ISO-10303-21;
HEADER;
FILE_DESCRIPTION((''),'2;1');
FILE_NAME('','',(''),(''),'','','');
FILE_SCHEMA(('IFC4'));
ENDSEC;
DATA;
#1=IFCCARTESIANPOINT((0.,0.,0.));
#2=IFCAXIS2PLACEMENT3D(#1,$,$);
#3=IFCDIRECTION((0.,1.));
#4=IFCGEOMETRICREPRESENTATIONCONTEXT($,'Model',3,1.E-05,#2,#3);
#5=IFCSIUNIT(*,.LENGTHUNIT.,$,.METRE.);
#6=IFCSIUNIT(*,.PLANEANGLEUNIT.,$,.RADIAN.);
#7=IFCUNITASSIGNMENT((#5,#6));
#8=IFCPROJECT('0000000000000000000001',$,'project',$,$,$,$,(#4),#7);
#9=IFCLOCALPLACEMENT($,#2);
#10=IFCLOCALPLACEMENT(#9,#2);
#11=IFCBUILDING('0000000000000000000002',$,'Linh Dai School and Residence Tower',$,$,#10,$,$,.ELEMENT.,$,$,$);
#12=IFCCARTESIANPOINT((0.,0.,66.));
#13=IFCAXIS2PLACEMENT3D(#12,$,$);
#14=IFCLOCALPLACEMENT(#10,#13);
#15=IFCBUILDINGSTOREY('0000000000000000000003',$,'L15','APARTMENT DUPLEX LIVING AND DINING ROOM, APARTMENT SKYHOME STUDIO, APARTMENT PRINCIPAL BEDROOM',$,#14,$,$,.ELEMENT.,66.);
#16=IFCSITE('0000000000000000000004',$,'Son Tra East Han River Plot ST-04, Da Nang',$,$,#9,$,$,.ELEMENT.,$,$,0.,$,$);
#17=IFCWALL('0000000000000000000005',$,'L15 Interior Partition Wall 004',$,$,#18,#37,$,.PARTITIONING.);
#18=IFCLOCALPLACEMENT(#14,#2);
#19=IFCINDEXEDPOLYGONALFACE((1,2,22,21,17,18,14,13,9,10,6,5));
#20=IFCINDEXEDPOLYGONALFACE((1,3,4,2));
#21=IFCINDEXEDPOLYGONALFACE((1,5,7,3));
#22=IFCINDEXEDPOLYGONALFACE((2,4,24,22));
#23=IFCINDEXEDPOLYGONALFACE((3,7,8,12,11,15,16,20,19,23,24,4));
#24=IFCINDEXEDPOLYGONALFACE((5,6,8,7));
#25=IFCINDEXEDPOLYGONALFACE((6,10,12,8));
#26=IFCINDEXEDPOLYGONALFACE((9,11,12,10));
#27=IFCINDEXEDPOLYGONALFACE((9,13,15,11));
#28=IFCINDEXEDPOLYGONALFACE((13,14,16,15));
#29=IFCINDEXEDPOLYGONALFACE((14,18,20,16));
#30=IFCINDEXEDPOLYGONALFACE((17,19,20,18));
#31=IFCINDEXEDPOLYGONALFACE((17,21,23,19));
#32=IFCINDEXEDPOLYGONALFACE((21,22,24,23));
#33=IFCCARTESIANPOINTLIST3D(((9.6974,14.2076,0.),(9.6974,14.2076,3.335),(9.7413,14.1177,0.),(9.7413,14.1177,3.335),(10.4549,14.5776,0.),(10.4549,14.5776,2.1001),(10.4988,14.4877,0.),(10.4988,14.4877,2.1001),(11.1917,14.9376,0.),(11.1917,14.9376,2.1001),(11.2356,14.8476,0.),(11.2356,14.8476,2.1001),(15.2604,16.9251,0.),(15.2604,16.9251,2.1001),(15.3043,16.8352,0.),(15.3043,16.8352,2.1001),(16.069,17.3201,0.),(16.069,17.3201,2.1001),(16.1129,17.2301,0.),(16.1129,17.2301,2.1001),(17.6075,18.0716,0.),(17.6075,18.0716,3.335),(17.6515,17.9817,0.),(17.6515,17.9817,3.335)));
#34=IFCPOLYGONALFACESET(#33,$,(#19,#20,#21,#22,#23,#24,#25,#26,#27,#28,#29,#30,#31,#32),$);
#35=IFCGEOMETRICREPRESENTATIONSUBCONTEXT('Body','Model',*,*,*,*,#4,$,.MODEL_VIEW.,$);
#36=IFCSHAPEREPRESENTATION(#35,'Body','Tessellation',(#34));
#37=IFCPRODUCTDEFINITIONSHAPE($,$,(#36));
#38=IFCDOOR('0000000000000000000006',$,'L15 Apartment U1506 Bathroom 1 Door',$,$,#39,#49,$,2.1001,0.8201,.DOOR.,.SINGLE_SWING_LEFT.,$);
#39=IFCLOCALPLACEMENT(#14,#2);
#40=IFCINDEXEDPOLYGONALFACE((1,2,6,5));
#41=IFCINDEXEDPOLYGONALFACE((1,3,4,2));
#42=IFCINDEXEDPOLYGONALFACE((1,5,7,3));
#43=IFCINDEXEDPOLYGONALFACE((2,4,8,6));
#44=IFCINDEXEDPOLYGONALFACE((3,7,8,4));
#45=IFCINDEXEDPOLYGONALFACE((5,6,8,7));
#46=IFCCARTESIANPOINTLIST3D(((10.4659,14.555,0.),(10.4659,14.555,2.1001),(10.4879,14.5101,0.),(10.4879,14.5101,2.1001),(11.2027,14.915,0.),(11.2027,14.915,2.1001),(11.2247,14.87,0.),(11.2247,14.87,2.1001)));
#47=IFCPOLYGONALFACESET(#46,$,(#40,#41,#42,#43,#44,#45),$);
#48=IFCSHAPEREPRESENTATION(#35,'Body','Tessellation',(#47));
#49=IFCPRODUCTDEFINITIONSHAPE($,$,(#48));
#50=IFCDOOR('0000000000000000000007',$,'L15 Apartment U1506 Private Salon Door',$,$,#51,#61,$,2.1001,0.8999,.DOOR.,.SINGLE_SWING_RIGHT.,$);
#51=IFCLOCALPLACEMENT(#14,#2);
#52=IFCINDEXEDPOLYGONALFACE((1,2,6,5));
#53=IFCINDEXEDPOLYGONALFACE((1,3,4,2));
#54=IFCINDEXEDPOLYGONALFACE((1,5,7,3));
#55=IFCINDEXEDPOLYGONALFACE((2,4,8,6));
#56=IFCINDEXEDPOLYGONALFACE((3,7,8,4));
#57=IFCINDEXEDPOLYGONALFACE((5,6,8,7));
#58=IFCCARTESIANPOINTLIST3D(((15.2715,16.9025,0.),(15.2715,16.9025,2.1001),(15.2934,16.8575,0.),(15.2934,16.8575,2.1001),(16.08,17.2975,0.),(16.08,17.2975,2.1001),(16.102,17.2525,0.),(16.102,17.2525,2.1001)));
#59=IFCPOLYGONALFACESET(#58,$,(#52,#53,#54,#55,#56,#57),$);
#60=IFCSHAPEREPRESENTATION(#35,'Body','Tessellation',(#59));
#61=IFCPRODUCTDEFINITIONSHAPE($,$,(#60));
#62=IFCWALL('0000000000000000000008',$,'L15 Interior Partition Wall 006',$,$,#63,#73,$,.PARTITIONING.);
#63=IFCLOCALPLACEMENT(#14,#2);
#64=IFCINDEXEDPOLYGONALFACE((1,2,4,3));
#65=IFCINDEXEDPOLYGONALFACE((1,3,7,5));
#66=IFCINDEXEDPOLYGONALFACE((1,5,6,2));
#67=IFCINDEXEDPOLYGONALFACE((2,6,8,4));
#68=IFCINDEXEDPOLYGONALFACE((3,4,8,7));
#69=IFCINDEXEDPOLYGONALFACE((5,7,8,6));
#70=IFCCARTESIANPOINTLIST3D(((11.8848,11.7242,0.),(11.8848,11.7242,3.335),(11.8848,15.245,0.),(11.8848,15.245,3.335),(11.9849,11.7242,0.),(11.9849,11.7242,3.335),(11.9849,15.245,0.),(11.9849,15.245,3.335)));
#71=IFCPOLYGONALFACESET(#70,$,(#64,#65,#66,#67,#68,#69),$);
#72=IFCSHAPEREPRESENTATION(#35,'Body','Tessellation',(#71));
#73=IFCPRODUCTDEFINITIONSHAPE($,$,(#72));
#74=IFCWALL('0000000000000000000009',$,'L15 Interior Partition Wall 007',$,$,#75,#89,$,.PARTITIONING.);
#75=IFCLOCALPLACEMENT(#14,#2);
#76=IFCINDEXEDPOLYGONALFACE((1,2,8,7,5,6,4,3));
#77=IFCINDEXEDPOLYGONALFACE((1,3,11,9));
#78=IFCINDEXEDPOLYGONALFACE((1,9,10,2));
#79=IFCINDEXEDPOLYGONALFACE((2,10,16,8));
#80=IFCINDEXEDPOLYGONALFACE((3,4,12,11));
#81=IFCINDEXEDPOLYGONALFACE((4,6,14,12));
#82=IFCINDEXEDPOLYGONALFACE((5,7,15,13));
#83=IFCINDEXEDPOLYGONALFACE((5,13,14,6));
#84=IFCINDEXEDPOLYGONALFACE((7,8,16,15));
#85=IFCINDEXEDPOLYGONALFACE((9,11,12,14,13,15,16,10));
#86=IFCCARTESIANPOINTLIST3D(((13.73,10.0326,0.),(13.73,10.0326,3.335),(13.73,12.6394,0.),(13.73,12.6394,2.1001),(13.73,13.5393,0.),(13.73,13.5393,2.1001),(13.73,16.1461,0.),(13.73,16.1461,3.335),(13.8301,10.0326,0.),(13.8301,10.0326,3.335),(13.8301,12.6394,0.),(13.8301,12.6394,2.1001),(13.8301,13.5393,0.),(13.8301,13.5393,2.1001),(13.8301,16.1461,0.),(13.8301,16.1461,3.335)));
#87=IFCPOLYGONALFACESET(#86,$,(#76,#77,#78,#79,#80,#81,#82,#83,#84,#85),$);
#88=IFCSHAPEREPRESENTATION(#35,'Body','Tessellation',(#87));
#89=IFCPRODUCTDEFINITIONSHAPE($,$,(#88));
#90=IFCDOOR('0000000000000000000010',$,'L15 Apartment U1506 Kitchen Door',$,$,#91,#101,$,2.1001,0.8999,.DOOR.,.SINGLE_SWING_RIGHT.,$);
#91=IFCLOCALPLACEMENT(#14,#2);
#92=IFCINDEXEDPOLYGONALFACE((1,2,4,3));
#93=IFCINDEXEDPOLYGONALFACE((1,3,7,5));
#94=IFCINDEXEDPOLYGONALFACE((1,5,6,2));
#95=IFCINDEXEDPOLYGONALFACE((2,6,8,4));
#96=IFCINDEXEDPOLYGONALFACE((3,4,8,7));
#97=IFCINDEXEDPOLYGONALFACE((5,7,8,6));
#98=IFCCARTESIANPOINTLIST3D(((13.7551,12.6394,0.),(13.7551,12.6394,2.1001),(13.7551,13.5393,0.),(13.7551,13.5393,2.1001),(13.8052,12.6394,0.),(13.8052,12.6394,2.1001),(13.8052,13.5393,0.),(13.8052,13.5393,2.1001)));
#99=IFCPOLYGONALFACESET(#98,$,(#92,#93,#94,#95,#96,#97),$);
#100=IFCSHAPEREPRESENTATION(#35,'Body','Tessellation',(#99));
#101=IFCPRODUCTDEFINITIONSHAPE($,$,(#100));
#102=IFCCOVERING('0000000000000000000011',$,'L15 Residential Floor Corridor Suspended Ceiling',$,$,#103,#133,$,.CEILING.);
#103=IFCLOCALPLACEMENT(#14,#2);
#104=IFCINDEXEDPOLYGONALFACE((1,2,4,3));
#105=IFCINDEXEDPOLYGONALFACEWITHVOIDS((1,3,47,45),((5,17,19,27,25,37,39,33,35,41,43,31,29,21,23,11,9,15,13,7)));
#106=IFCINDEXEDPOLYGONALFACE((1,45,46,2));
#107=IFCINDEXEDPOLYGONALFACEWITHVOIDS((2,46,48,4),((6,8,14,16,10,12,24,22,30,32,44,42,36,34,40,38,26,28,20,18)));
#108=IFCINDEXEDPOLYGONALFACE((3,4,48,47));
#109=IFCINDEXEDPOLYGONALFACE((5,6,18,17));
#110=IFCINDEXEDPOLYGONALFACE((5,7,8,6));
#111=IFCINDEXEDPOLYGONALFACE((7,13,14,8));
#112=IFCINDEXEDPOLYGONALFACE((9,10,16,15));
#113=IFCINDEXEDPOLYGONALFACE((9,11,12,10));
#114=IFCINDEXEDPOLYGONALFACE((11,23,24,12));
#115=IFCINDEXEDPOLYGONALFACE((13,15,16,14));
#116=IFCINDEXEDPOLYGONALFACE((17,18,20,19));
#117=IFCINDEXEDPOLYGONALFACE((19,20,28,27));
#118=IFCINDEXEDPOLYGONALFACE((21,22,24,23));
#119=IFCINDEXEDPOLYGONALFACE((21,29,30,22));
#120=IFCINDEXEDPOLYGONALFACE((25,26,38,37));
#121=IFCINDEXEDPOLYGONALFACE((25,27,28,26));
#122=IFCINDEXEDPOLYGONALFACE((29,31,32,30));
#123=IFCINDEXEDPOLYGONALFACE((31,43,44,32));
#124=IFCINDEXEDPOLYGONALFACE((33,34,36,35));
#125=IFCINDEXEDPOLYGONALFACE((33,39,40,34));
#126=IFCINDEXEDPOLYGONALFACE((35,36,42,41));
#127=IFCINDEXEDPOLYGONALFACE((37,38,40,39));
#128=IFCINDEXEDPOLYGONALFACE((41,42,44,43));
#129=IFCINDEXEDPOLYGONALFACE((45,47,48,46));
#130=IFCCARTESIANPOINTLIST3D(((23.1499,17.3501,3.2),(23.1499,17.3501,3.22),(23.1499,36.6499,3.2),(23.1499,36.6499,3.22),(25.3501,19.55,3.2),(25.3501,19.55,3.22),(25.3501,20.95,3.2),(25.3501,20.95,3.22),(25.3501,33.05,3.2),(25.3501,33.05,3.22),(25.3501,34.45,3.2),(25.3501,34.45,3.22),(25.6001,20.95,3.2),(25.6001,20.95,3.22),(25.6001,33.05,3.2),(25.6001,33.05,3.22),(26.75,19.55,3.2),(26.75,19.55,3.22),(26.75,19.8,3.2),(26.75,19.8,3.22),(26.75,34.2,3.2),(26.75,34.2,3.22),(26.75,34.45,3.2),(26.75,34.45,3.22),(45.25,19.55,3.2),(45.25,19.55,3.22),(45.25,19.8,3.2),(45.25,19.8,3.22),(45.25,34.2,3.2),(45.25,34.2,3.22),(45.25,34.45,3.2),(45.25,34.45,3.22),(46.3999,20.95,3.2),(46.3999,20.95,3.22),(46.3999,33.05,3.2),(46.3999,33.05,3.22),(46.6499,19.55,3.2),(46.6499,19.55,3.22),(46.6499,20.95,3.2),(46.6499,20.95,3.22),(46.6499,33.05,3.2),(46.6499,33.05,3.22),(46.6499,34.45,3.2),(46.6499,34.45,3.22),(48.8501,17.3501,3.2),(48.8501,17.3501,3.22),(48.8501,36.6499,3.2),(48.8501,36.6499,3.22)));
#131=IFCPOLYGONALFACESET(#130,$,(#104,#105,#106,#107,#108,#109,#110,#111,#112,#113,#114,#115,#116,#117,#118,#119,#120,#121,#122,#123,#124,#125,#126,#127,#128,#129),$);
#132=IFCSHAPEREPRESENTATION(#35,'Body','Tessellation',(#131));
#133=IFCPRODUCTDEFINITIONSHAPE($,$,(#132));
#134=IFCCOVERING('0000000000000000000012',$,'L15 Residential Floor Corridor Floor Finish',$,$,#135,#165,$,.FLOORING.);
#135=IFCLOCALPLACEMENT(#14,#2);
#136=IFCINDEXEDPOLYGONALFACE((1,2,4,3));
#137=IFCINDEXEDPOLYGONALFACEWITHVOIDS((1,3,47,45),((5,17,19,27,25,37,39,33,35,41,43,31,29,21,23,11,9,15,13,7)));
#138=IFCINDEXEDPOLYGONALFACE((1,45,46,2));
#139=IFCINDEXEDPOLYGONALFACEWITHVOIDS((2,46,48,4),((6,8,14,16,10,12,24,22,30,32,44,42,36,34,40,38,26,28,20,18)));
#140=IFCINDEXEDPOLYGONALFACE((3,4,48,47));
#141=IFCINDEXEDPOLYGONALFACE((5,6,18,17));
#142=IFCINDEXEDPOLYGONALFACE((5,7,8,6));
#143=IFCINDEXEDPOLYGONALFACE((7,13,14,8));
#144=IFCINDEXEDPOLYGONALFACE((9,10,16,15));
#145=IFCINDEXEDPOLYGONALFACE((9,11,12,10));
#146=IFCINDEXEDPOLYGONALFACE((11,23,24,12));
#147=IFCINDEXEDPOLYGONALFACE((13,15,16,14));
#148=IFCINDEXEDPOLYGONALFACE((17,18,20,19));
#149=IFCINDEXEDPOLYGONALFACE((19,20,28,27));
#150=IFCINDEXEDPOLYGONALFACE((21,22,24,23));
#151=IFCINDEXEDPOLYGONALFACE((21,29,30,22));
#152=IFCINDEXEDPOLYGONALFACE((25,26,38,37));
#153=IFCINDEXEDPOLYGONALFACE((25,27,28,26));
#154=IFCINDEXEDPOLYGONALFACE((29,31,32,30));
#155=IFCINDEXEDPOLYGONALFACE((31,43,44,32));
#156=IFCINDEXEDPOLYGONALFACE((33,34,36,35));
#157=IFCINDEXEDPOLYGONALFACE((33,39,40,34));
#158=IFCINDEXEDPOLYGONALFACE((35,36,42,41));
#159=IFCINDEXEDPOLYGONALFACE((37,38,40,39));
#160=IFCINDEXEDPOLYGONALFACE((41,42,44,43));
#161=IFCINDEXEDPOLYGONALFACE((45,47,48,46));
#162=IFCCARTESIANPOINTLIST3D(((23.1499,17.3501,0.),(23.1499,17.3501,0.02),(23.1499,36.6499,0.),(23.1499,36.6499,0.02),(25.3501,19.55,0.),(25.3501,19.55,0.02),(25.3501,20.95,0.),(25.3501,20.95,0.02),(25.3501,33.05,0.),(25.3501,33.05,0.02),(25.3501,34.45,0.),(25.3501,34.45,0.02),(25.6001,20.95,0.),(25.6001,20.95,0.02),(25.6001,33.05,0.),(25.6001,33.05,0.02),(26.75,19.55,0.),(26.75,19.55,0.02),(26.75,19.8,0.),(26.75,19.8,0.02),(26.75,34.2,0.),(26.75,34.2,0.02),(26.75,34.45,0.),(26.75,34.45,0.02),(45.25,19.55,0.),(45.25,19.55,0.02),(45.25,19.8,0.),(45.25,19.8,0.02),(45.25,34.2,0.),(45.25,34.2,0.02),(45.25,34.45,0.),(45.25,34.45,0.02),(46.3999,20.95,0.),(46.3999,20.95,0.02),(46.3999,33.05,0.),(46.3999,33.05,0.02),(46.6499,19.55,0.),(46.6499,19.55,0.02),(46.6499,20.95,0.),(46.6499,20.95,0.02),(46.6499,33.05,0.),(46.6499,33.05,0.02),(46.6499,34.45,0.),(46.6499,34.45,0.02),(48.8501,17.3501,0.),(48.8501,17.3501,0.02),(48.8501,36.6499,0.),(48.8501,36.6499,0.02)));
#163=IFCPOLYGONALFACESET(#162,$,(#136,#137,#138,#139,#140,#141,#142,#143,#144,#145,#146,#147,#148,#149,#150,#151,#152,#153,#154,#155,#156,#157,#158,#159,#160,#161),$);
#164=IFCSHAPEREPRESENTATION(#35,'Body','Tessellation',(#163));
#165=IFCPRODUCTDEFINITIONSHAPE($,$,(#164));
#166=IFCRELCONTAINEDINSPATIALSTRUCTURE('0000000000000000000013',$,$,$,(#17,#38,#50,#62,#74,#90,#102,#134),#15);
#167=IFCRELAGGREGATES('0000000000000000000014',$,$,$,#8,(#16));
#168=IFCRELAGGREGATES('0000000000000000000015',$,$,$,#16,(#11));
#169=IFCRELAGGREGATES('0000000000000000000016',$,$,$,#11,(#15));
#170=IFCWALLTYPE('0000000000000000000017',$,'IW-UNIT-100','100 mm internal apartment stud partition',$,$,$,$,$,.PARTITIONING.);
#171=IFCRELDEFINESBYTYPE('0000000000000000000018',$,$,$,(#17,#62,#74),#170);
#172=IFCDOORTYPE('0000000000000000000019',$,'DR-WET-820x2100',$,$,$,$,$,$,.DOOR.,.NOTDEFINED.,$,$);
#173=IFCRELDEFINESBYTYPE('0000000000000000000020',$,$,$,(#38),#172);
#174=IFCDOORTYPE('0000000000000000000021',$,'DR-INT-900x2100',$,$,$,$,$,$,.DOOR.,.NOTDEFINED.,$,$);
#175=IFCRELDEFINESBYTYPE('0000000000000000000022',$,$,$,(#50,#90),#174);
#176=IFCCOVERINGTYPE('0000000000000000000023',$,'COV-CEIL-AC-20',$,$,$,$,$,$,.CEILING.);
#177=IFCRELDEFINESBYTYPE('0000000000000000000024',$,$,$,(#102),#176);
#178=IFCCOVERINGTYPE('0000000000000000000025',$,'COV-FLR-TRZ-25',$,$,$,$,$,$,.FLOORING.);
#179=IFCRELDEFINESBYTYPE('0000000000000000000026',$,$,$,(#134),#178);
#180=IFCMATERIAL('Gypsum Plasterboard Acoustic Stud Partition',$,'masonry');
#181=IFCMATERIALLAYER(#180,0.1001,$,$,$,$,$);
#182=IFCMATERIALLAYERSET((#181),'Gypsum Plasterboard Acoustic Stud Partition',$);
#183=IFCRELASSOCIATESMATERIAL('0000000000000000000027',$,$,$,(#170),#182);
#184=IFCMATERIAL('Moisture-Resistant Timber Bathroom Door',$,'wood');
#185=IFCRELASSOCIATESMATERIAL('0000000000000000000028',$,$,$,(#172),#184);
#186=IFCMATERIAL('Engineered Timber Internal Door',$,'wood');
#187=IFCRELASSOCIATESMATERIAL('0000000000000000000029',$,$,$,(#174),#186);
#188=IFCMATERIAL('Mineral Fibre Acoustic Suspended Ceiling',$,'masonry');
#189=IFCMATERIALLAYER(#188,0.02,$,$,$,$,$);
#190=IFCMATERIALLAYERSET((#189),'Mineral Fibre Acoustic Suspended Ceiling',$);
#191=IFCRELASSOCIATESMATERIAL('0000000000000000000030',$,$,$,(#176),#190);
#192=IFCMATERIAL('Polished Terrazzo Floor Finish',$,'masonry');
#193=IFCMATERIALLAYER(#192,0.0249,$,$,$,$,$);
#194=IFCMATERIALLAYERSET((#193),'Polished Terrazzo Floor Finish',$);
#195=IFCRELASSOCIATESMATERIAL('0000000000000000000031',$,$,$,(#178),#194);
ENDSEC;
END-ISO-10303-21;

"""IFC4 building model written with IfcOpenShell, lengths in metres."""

from ifc_helpers import new_model, si_unit, direction, frame, frame_2d, origin, origin_2d, place, context, subcontext, project, spatial, polyline, rectangle, outline, extrude, source, transform, mapped, material, layer, layer_set, type_object, element, fill, save


model = new_model("IFC4")

# Units and contexts
model_context = context("Model", 3, precision=1e-05, world=origin(), true_north=direction((0.0, 1.0)))
body_context = subcontext(model_context, "Body", "Model", "MODEL_VIEW")
ifc_project = project(units=[si_unit("LENGTHUNIT", "METRE"), si_unit("PLANEANGLEUNIT", "RADIAN")], contexts=[model_context])

# Site, building, storey
site_placement = place(None, origin())
site = spatial("IfcSite", under=ifc_project, at=site_placement, Name="Son Tra East Han River Plot ST-04, Da Nang", CompositionType="ELEMENT", RefElevation=0.0)
building_placement = place(site_placement, origin())
building = spatial("IfcBuilding", under=site, at=building_placement, Name="Linh Dai School and Residence Tower", CompositionType="ELEMENT")
storey_placement = place(building_placement, frame((0.0, 0.0, 66.0)))
storey = spatial("IfcBuildingStorey", under=building, at=storey_placement, Name="L15", Description="APARTMENT DUPLEX LIVING AND DINING ROOM, APARTMENT SKYHOME STUDIO, APARTMENT PRINCIPAL BEDROOM", CompositionType="ELEMENT", Elevation=66.0)

# Shared definitions
ifc_material_1 = material(Name="Gypsum Plasterboard Acoustic Stud Partition", Category="masonry")
ifc_layer_1 = layer(ifc_material_1, 0.1001)
ifc_layer_set_1 = layer_set([ifc_layer_1], Name="Gypsum Plasterboard Acoustic Stud Partition")
wall_type_1 = type_object("IfcWallType", Name="IW-UNIT-100", Description="100 mm internal apartment stud partition", PredefinedType="PARTITIONING", material=ifc_layer_set_1)

# Wall, openings, doors
wall_1_placement = place(storey_placement, frame((9.7192, 14.1626, 0.0), z_axis=(0.0, 0.0, 1.0), x_axis=(0.898527, 0.438919, 0.0)))
wall_1 = element("IfcWall", 1, at=wall_1_placement, inside=storey, type_object=wall_type_1, Name="L15 Interior Partition Wall 004", PredefinedType="PARTITIONING", context=body_context, shape_type="SweptSolid", body=[
    extrude(rectangle(XDim=8.8035, YDim=0.1001, at=frame_2d((4.4019, 0.0))), origin(), (0.0, 0.0, 1.0), 3.335),
])
opening_1_placement = place(wall_1_placement, frame((6.1914, 0.0, 0.0)))
opening_1 = element("IfcOpeningElement", 2, at=opening_1_placement, cuts=wall_1, PredefinedType="OPENING", context=body_context, shape_type="SweptSolid", body=[
    extrude(rectangle(XDim=0.8999, YDim=2.1001, at=origin_2d()), frame((0.45, 0.0601, 1.05), z_axis=(0.0, -1.0, 0.0), x_axis=(1.0, 0.0, 0.0)), (0.0, 0.0, 1.0), 0.1201),
])
opening_2_placement = place(wall_1_placement, frame((0.843, 0.0, 0.0)))
opening_2 = element("IfcOpeningElement", 3, at=opening_2_placement, cuts=wall_1, PredefinedType="OPENING", context=body_context, shape_type="SweptSolid", body=[
    extrude(rectangle(XDim=0.8201, YDim=2.1001, at=origin_2d()), frame((0.4102, 0.0601, 1.05), z_axis=(0.0, -1.0, 0.0), x_axis=(1.0, 0.0, 0.0)), (0.0, 0.0, 1.0), 0.1201),
])
ifc_material_2 = material(Name="Moisture-Resistant Timber Bathroom Door", Category="wood")
door_type_1 = type_object("IfcDoorType", Name="DR-WET-820x2100", OperationType="NOTDEFINED", PredefinedType="DOOR", material=ifc_material_2)
shared_shape_1 = source(origin(), body_context, "Body", "SweptSolid", [
    extrude(rectangle(XDim=0.8201, YDim=2.1001, at=origin_2d()), frame((0.4102, 0.0249, 1.05), z_axis=(0.0, -1.0, 0.0), x_axis=(1.0, 0.0, 0.0)), (0.0, 0.0, 1.0), 0.05),
])
door_1_placement = place(opening_2_placement, origin())
door_1 = element("IfcDoor", 4, at=door_1_placement, inside=storey, type_object=door_type_1, Name="L15 Apartment U1506 Bathroom 1 Door", OperationType="SINGLE_SWING_LEFT", OverallHeight=2.1001, OverallWidth=0.8201, PredefinedType="DOOR", context=body_context, shape_type="MappedRepresentation", body=[
    mapped(shared_shape_1, transform((0.0, 0.0, 0.0), x_axis=(1.0, 0.0, 0.0), y_axis=(0.0, 1.0, 0.0), z_axis=(0.0, 0.0, 1.0), scale=1.0)),
])
fill(opening_2, door_1)
ifc_material_3 = material(Name="Engineered Timber Internal Door", Category="wood")
door_type_2 = type_object("IfcDoorType", Name="DR-INT-900x2100", OperationType="NOTDEFINED", PredefinedType="DOOR", material=ifc_material_3)
shared_shape_2 = source(origin(), body_context, "Body", "SweptSolid", [
    extrude(rectangle(XDim=0.8999, YDim=2.1001, at=origin_2d()), frame((0.45, 0.0249, 1.05), z_axis=(0.0, -1.0, 0.0), x_axis=(1.0, 0.0, 0.0)), (0.0, 0.0, 1.0), 0.05),
])
door_2_placement = place(opening_1_placement, origin())
door_2 = element("IfcDoor", 5, at=door_2_placement, inside=storey, type_object=door_type_2, Name="L15 Apartment U1506 Private Salon Door", OperationType="SINGLE_SWING_RIGHT", OverallHeight=2.1001, OverallWidth=0.8999, PredefinedType="DOOR", context=body_context, shape_type="MappedRepresentation", body=[
    mapped(shared_shape_2, transform((0.0, 0.0, 0.0), x_axis=(1.0, 0.0, 0.0), y_axis=(0.0, 1.0, 0.0), z_axis=(0.0, 0.0, 1.0), scale=1.0)),
])
fill(opening_1, door_2)

# Wall
wall_2_placement = place(storey_placement, frame((11.9348, 11.7244, 0.0), z_axis=(0.0, 0.0, 1.0), x_axis=(0.0, 1.0, 0.0)))
element("IfcWall", 6, at=wall_2_placement, inside=storey, type_object=wall_type_1, Name="L15 Interior Partition Wall 006", PredefinedType="PARTITIONING", context=body_context, shape_type="SweptSolid", body=[
    extrude(rectangle(XDim=3.5208, YDim=0.1001, at=frame_2d((1.7603, 0.0))), origin(), (0.0, 0.0, 1.0), 3.335),
])

# Wall, opening, door
wall_3_placement = place(storey_placement, frame((13.78, 10.0327, 0.0), z_axis=(0.0, 0.0, 1.0), x_axis=(0.0, 1.0, 0.0)))
wall_3 = element("IfcWall", 7, at=wall_3_placement, inside=storey, type_object=wall_type_1, Name="L15 Interior Partition Wall 007", PredefinedType="PARTITIONING", context=body_context, shape_type="SweptSolid", body=[
    extrude(rectangle(XDim=6.1135, YDim=0.1001, at=frame_2d((3.0566, 0.0))), origin(), (0.0, 0.0, 1.0), 3.335),
])
opening_3_placement = place(wall_3_placement, frame((2.6067, 0.0, 0.0)))
opening_3 = element("IfcOpeningElement", 8, at=opening_3_placement, cuts=wall_3, PredefinedType="OPENING", context=body_context, shape_type="SweptSolid", body=[
    extrude(rectangle(XDim=0.8999, YDim=2.1001, at=origin_2d()), frame((0.45, 0.0601, 1.05), z_axis=(0.0, -1.0, 0.0), x_axis=(1.0, 0.0, 0.0)), (0.0, 0.0, 1.0), 0.1201),
])
door_3_placement = place(opening_3_placement, origin())
door_3 = element("IfcDoor", 9, at=door_3_placement, inside=storey, type_object=door_type_2, Name="L15 Apartment U1506 Kitchen Door", OperationType="SINGLE_SWING_RIGHT", OverallHeight=2.1001, OverallWidth=0.8999, PredefinedType="DOOR", context=body_context, shape_type="MappedRepresentation", body=[
    mapped(shared_shape_2, transform((0.0, 0.0, 0.0), x_axis=(1.0, 0.0, 0.0), y_axis=(0.0, 1.0, 0.0), z_axis=(0.0, 0.0, 1.0), scale=1.0)),
])
fill(opening_3, door_3)

# Coverings
ifc_material_4 = material(Name="Mineral Fibre Acoustic Suspended Ceiling", Category="masonry")
ifc_layer_2 = layer(ifc_material_4, 0.02)
ifc_layer_set_2 = layer_set([ifc_layer_2], Name="Mineral Fibre Acoustic Suspended Ceiling")
covering_type_1 = type_object("IfcCoveringType", Name="COV-CEIL-AC-20", PredefinedType="CEILING", material=ifc_layer_set_2)
covering_1_placement = place(storey_placement, frame((0.0, 0.0, 3.2)))
element("IfcCovering", 10, at=covering_1_placement, inside=storey, type_object=covering_type_1, Name="L15 Residential Floor Corridor Suspended Ceiling", PredefinedType="CEILING", context=body_context, shape_type="SweptSolid", body=[
    extrude(outline(polyline([(48.8501, 36.6499), (48.8501, 17.3501), (23.1499, 17.3501), (23.1499, 36.6499), (48.8501, 36.6499)]), holes=[polyline([(26.75, 34.2), (26.75, 34.45), (25.3501, 34.45), (25.3501, 33.05), (25.6001, 33.05), (25.6001, 20.95), (25.3501, 20.95), (25.3501, 19.55), (26.75, 19.55), (26.75, 19.8), (45.25, 19.8), (45.25, 19.55), (46.6499, 19.55), (46.6499, 20.95), (46.3999, 20.95), (46.3999, 33.05), (46.6499, 33.05), (46.6499, 34.45), (45.25, 34.45), (45.25, 34.2), (26.75, 34.2)])]), origin(), (0.0, 0.0, 1.0), 0.02),
])
ifc_material_5 = material(Name="Polished Terrazzo Floor Finish", Category="masonry")
ifc_layer_3 = layer(ifc_material_5, 0.0249)
ifc_layer_set_3 = layer_set([ifc_layer_3], Name="Polished Terrazzo Floor Finish")
covering_type_2 = type_object("IfcCoveringType", Name="COV-FLR-TRZ-25", PredefinedType="FLOORING", material=ifc_layer_set_3)
covering_2_placement = place(storey_placement, origin())
element("IfcCovering", 11, at=covering_2_placement, inside=storey, type_object=covering_type_2, Name="L15 Residential Floor Corridor Floor Finish", PredefinedType="FLOORING", context=body_context, shape_type="SweptSolid", body=[
    extrude(outline(polyline([(48.8501, 36.6499), (48.8501, 17.3501), (23.1499, 17.3501), (23.1499, 36.6499), (48.8501, 36.6499)]), holes=[polyline([(26.75, 34.2), (26.75, 34.45), (25.3501, 34.45), (25.3501, 33.05), (25.6001, 33.05), (25.6001, 20.95), (25.3501, 20.95), (25.3501, 19.55), (26.75, 19.55), (26.75, 19.8), (45.25, 19.8), (45.25, 19.55), (46.6499, 19.55), (46.6499, 20.95), (46.3999, 20.95), (46.3999, 33.05), (46.6499, 33.05), (46.6499, 34.45), (45.25, 34.45), (45.25, 34.2), (26.75, 34.2)])]), origin(), (0.0, 0.0, 1.0), 0.02),
])

save(model, "model.ifc")
